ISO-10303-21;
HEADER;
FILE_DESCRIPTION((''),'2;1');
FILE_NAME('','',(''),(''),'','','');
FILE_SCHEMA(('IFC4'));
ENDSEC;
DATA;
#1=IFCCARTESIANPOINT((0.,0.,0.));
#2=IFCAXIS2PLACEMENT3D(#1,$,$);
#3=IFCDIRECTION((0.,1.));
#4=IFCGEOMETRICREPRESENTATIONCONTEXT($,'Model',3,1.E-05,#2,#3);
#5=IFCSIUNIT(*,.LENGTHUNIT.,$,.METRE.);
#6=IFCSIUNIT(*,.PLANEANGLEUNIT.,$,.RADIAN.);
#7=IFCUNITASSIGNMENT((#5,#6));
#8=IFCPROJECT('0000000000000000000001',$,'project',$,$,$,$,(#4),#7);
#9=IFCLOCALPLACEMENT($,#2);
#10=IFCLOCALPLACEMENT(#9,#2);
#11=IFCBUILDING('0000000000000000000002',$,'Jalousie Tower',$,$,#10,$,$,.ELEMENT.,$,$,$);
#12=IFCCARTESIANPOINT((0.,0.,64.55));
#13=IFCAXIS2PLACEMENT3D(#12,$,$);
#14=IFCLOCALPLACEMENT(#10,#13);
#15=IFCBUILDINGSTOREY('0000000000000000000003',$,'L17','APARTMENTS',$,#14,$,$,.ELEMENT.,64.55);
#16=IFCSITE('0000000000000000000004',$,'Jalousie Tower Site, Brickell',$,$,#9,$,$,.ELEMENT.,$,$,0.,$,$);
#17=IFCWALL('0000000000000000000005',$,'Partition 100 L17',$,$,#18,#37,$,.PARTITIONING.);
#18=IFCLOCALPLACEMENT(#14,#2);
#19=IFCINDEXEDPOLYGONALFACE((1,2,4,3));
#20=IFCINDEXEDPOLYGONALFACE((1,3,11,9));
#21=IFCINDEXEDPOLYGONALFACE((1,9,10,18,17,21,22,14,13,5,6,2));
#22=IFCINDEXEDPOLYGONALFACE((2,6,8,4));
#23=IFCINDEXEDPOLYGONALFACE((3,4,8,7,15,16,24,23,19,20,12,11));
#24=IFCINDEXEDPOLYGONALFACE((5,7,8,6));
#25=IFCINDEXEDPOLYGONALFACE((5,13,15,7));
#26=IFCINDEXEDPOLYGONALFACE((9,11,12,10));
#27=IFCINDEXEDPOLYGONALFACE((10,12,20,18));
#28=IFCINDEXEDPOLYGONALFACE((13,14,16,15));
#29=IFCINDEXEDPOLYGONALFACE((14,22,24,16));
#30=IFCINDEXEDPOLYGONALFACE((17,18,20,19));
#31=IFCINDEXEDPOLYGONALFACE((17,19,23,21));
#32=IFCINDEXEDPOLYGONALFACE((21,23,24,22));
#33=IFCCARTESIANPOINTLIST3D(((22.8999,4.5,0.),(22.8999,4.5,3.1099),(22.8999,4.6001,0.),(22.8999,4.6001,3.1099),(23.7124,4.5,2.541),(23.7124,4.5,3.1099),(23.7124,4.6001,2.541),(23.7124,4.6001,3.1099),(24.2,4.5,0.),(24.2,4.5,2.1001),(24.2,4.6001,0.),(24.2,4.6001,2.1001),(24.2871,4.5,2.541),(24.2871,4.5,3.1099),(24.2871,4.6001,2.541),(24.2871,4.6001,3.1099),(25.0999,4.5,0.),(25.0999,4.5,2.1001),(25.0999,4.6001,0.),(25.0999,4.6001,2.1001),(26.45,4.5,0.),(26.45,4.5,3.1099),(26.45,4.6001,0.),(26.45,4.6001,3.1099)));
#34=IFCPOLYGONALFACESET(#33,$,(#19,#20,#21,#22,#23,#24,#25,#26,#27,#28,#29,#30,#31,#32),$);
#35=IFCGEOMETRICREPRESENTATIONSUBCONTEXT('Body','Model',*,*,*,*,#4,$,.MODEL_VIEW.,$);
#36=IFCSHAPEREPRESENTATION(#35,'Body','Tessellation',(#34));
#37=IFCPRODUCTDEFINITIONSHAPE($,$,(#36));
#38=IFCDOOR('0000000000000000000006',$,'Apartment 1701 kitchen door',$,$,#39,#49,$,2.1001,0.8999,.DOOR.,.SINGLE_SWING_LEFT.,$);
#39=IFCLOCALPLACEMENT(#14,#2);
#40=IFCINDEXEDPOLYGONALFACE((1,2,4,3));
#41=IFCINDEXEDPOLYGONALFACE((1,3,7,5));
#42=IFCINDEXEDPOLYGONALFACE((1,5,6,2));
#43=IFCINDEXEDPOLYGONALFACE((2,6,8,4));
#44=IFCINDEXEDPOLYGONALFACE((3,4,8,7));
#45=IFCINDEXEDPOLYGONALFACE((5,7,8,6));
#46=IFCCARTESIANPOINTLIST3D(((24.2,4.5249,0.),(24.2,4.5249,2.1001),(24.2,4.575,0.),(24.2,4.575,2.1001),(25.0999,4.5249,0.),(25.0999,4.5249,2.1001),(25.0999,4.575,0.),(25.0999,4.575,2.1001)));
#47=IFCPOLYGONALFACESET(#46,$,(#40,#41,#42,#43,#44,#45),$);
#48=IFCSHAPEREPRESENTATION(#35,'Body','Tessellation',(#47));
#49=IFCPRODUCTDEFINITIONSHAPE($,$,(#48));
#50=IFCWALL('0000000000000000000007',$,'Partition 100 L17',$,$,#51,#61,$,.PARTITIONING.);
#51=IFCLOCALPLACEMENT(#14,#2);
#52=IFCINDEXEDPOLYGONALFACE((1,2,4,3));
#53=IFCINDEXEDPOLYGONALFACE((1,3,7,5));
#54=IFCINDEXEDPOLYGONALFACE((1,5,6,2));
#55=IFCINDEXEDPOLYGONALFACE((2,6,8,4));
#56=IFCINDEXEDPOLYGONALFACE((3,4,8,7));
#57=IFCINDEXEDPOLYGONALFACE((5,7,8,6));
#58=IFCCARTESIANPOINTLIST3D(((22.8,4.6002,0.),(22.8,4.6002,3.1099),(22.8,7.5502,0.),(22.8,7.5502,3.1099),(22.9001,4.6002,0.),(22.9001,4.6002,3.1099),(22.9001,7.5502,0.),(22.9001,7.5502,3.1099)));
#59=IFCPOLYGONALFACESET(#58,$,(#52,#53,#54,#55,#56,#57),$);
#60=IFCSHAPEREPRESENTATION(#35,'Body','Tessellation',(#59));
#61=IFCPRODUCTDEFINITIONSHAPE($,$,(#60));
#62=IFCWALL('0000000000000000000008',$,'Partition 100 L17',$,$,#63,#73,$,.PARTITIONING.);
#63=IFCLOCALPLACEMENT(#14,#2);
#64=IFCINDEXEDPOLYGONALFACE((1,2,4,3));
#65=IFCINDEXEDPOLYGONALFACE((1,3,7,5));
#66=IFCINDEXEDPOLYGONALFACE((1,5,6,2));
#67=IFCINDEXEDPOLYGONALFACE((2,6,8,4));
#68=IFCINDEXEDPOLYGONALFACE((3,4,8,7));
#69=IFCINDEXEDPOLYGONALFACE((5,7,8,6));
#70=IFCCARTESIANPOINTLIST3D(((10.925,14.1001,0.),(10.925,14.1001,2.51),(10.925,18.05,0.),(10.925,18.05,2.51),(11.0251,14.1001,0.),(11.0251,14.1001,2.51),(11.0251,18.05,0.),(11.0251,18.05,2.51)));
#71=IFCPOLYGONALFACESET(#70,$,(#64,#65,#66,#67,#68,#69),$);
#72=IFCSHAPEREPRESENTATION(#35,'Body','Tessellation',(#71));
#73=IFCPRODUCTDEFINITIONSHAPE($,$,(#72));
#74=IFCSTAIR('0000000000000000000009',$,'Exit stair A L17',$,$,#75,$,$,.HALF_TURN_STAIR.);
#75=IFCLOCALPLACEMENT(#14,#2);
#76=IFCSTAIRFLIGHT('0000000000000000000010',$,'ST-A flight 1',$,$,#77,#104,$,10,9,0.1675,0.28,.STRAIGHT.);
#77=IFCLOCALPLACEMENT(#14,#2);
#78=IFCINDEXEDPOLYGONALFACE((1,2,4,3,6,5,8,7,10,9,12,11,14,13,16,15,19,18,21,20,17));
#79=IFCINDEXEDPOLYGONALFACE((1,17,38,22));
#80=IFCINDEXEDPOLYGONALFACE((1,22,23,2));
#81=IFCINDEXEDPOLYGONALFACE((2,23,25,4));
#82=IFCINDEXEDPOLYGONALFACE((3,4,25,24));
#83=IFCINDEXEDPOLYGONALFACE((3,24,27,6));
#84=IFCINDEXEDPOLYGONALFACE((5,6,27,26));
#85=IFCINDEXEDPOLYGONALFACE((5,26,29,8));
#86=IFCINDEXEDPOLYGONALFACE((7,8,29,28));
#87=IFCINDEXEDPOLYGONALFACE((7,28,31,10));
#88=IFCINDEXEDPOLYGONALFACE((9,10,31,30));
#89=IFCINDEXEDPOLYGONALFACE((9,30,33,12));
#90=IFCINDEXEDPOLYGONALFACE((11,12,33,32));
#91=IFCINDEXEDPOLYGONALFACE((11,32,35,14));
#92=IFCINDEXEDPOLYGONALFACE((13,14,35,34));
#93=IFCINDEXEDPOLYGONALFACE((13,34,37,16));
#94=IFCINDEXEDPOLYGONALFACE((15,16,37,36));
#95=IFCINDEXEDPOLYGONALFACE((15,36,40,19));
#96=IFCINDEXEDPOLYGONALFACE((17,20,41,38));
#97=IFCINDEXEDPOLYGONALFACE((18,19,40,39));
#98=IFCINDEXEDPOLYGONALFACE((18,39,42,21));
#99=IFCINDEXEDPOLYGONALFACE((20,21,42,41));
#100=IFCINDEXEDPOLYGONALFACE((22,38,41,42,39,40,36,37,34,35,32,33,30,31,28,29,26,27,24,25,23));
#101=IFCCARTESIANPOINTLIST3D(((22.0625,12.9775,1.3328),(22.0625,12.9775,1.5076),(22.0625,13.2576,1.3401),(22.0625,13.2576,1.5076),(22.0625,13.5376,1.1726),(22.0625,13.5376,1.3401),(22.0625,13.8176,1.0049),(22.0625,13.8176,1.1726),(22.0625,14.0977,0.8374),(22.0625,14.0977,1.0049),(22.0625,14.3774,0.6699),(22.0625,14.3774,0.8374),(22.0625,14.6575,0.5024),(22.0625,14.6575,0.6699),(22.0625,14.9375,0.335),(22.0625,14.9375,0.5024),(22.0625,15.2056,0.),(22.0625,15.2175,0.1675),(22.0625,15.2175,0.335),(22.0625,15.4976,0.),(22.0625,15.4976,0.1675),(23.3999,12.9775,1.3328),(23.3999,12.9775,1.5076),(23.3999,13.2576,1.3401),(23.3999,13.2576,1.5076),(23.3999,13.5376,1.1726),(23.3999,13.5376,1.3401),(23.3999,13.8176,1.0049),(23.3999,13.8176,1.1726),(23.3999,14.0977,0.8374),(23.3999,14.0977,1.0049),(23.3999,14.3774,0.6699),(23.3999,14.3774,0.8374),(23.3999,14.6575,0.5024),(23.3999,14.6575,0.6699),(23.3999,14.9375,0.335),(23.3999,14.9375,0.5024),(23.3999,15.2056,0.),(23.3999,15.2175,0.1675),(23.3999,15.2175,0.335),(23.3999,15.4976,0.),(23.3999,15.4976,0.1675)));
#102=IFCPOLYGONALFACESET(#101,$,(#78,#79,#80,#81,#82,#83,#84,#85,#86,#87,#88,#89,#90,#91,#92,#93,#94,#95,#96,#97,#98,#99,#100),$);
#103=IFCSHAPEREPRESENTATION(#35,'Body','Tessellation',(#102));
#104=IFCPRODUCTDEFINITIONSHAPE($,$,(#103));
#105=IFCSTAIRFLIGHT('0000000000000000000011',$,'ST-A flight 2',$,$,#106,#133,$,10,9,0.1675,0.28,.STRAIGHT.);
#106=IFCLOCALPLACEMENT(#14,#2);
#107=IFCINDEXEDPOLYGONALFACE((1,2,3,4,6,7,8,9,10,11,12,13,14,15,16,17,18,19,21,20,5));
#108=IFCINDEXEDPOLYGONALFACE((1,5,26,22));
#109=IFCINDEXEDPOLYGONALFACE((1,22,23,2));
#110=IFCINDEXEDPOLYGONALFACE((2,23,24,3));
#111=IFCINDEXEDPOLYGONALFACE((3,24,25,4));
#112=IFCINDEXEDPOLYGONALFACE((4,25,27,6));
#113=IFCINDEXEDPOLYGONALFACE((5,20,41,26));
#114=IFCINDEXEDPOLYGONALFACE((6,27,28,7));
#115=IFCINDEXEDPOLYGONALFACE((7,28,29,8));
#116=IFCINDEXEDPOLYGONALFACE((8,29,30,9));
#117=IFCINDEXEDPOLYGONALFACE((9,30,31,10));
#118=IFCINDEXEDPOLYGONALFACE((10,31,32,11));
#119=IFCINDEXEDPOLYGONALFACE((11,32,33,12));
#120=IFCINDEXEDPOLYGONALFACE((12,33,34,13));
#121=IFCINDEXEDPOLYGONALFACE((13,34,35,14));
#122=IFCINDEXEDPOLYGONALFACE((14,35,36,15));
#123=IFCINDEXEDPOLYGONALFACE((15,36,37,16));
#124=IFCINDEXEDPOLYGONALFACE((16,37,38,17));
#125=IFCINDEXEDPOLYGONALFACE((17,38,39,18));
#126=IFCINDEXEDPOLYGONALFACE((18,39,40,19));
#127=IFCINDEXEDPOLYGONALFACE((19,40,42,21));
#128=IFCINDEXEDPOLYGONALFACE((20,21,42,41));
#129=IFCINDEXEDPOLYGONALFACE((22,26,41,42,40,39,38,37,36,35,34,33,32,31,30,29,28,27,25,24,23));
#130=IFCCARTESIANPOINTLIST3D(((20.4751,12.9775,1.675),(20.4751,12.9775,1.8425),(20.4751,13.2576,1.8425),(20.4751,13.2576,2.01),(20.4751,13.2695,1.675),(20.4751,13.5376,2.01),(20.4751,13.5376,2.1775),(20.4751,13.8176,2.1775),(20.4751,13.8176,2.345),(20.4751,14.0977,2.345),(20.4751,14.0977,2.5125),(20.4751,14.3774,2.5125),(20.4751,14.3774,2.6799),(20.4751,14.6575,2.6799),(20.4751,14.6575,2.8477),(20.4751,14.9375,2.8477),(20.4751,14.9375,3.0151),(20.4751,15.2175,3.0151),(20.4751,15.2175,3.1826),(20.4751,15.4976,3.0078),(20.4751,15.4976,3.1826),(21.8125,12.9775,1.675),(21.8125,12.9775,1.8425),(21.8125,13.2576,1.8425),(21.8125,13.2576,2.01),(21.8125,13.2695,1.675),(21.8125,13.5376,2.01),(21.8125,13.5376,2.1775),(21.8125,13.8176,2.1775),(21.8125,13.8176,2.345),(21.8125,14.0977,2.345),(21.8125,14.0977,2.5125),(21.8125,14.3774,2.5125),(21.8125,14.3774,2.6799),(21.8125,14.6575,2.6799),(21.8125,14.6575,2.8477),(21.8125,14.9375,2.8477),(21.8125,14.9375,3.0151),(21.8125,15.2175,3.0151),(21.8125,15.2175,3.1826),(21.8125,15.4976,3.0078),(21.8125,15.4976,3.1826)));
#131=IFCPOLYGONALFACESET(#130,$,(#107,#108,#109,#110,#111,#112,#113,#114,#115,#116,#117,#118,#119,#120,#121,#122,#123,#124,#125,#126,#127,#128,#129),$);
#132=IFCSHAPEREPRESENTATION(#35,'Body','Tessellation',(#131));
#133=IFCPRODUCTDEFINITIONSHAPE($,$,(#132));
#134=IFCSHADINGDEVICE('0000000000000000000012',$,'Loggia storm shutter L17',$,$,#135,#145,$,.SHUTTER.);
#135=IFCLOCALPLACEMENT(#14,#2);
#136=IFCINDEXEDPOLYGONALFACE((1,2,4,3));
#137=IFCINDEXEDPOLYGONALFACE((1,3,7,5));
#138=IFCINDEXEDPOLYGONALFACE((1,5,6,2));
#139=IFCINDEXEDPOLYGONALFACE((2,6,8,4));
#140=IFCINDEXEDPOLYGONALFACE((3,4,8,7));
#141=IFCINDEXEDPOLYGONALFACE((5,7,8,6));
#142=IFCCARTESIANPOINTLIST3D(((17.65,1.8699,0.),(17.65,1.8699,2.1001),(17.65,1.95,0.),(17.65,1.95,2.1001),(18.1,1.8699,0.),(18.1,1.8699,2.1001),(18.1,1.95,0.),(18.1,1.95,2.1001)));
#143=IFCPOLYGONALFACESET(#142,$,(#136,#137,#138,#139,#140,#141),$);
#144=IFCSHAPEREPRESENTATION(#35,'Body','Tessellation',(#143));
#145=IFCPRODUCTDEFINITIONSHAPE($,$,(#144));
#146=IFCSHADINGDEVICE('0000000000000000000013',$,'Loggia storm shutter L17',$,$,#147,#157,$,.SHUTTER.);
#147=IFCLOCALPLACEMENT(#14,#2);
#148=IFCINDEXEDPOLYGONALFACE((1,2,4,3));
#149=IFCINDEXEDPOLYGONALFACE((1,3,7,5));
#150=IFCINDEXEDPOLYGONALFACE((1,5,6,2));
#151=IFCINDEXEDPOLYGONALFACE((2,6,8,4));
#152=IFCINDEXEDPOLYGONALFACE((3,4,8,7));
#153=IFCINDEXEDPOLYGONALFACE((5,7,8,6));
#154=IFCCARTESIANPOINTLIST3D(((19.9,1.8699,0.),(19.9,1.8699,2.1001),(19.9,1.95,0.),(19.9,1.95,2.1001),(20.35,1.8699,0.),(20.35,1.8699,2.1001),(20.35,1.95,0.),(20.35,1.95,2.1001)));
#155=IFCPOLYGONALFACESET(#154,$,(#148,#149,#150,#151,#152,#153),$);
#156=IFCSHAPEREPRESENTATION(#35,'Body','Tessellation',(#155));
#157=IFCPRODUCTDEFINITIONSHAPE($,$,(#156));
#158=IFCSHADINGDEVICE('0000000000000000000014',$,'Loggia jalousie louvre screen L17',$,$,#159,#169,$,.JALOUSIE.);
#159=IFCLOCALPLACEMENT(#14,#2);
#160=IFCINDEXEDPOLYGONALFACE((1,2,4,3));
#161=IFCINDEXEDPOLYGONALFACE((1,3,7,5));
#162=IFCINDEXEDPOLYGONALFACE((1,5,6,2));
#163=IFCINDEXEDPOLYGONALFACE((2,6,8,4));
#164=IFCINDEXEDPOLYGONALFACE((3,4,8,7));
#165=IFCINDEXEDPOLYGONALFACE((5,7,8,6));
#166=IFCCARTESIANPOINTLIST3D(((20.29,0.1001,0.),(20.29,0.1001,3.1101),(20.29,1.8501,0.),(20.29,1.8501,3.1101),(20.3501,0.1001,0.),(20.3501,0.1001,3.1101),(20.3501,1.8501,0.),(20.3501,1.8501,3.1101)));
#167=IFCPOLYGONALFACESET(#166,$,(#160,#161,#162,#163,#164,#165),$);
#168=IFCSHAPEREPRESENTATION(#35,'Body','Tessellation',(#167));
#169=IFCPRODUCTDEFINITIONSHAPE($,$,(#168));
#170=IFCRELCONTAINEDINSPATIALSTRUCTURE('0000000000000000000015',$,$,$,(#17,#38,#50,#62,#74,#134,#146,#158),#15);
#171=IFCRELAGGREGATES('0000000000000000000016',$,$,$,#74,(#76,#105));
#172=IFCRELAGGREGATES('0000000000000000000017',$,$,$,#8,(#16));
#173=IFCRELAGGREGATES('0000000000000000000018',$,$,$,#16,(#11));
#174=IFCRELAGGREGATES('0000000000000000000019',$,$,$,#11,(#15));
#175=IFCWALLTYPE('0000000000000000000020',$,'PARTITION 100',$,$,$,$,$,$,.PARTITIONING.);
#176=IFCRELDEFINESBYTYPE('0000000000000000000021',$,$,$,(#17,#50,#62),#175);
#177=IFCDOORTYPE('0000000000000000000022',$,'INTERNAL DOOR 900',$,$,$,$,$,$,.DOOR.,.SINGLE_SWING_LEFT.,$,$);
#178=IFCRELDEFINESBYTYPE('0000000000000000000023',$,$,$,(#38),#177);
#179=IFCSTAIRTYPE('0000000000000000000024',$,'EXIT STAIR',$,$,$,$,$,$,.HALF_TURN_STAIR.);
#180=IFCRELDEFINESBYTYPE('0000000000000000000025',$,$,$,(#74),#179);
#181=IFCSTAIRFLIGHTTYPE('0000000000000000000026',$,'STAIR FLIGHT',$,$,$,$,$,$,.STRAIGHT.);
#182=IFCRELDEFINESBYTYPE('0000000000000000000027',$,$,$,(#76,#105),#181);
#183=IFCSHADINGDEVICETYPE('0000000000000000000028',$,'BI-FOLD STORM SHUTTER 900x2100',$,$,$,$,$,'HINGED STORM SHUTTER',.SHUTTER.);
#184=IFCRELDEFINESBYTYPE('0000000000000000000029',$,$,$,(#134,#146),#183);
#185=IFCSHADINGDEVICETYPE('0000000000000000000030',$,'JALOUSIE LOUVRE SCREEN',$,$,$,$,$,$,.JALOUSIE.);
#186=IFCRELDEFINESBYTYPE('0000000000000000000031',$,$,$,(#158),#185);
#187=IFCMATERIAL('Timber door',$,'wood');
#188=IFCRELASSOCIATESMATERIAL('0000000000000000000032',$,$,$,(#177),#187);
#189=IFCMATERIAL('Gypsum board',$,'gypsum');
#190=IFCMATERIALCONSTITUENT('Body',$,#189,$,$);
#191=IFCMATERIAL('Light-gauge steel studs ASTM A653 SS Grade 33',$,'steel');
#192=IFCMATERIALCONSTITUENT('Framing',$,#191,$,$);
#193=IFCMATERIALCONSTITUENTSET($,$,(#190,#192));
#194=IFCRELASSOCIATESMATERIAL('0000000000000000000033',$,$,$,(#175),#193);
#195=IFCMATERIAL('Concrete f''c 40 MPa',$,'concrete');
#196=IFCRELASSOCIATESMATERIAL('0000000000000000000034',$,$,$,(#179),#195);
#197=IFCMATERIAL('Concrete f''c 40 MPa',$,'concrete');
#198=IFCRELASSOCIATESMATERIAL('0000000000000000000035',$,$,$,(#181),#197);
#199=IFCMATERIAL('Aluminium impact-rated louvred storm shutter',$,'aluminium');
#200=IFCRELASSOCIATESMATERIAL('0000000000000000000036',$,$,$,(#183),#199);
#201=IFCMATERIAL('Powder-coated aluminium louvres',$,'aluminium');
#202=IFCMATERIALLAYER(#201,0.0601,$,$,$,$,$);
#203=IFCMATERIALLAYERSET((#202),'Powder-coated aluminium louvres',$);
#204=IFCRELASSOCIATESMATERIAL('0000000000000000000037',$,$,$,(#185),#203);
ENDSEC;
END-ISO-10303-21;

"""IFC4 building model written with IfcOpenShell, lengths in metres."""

from ifc_helpers import new_model, si_unit, direction, frame, frame_2d, origin, origin_2d, place, context, subcontext, project, spatial, polyline, rectangle, outline, extrude, material, layer, layer_set, constituent, constituent_set, type_object, element, fill, aggregate, save


model = new_model("IFC4")

# Units and contexts
model_context = context("Model", 3, precision=1e-05, world=origin(), true_north=direction((0.0, 1.0)))
body_context = subcontext(model_context, "Body", "Model", "MODEL_VIEW")
ifc_project = project(units=[si_unit("LENGTHUNIT", "METRE"), si_unit("PLANEANGLEUNIT", "RADIAN")], contexts=[model_context])

# Site, building, storey
site_placement = place(None, origin())
site = spatial("IfcSite", under=ifc_project, at=site_placement, Name="Jalousie Tower Site, Brickell", CompositionType="ELEMENT", RefElevation=0.0)
building_placement = place(site_placement, origin())
building = spatial("IfcBuilding", under=site, at=building_placement, Name="Jalousie Tower", CompositionType="ELEMENT")
storey_placement = place(building_placement, frame((0.0, 0.0, 64.55)))
storey = spatial("IfcBuildingStorey", under=building, at=storey_placement, Name="L17", Description="APARTMENTS", CompositionType="ELEMENT", Elevation=64.55)

# Shared definitions
ifc_material_1 = material(Name="Timber door", Category="wood")
door_type_1 = type_object("IfcDoorType", Name="INTERNAL DOOR 900", OperationType="SINGLE_SWING_LEFT", PredefinedType="DOOR", material=ifc_material_1)

# Wall, opening, door
ifc_material_2 = material(Name="Gypsum board", Category="gypsum")
ifc_constituent_1 = constituent(ifc_material_2, Name="Body")
ifc_material_3 = material(Name="Light-gauge steel studs ASTM A653 SS Grade 33", Category="steel")
ifc_constituent_2 = constituent(ifc_material_3, Name="Framing")
ifc_constituent_set_1 = constituent_set(constituents=[ifc_constituent_1, ifc_constituent_2])
wall_type_1 = type_object("IfcWallType", Name="PARTITION 100", PredefinedType="PARTITIONING", material=ifc_constituent_set_1)
wall_1_placement = place(storey_placement, frame((22.8999, 4.55, 0.0), z_axis=(0.0, 0.0, 1.0), x_axis=(1.0, 0.0, 0.0)))
wall_1 = element("IfcWall", 1, at=wall_1_placement, inside=storey, type_object=wall_type_1, Name="Partition 100 L17", PredefinedType="PARTITIONING", context=body_context, shape_type="SweptSolid", body=[
    extrude(outline(polyline([(0.0, 0.0), (3.55, 0.0), (3.55, 3.1099), (1.3872, 3.1099), (1.3872, 2.541), (0.8125, 2.541), (0.8125, 3.1099), (0.0, 3.1099), (0.0, 0.0)])), frame((0.0, 0.05, 0.0), z_axis=(0.0, -1.0, 0.0), x_axis=(1.0, 0.0, 0.0)), (0.0, 0.0, 1.0), 0.1001),
])
opening_1_placement = place(wall_1_placement, frame((1.3, 0.0, 0.0)))
opening_1 = element("IfcOpeningElement", 2, at=opening_1_placement, cuts=wall_1, PredefinedType="OPENING", context=body_context, shape_type="SweptSolid", body=[
    extrude(rectangle(XDim=0.8999, YDim=2.1001, at=frame_2d((0.45, 1.05))), frame((0.0, 0.0601, 0.0), z_axis=(0.0, -1.0, 0.0), x_axis=(1.0, 0.0, 0.0)), (0.0, 0.0, 1.0), 0.1201),
])
door_1_placement = place(opening_1_placement, origin())
door_1 = element("IfcDoor", 3, at=door_1_placement, inside=storey, type_object=door_type_1, Name="Apartment 1701 kitchen door", OperationType="SINGLE_SWING_LEFT", OverallHeight=2.1001, OverallWidth=0.8999, PredefinedType="DOOR", context=body_context, shape_type="SweptSolid", body=[
    extrude(rectangle(XDim=0.8999, YDim=2.1001, at=frame_2d((0.45, 1.05))), frame((0.0, 0.0249, 0.0), z_axis=(0.0, -1.0, 0.0), x_axis=(1.0, 0.0, 0.0)), (0.0, 0.0, 1.0), 0.05),
])
fill(opening_1, door_1)

# Walls
wall_2_placement = place(storey_placement, frame((22.8501, 4.6001, 0.0), z_axis=(0.0, 0.0, 1.0), x_axis=(0.0, 1.0, 0.0)))
element("IfcWall", 4, at=wall_2_placement, inside=storey, type_object=wall_type_1, Name="Partition 100 L17", PredefinedType="PARTITIONING", context=body_context, shape_type="SweptSolid", body=[
    extrude(rectangle(XDim=2.95, YDim=0.1001, at=frame_2d((1.4751, 0.0))), origin(), (0.0, 0.0, 1.0), 3.1099),
])
wall_3_placement = place(storey_placement, frame((10.9751, 14.1001, 0.0), z_axis=(0.0, 0.0, 1.0), x_axis=(0.0, 1.0, 0.0)))
element("IfcWall", 5, at=wall_3_placement, inside=storey, type_object=wall_type_1, Name="Partition 100 L17", PredefinedType="PARTITIONING", context=body_context, shape_type="SweptSolid", body=[
    extrude(outline(polyline([(0.0, 0.0), (3.95, 0.0), (3.95, 3.1099), (3.95, 2.51), (0.0, 2.51), (0.0, 3.1099), (0.0, 0.0)])), frame((0.0, 0.05, 0.0), z_axis=(0.0, -1.0, 0.0), x_axis=(1.0, 0.0, 0.0)), (0.0, 0.0, 1.0), 0.1001),
])

# Stair, stair flights
ifc_material_4 = material(Name="Concrete f'c 40 MPa", Category="concrete")
stair_type = type_object("IfcStairType", Name="EXIT STAIR", PredefinedType="HALF_TURN_STAIR", material=ifc_material_4)
stair_placement = place(storey_placement, origin())
stair = element("IfcStair", 6, at=stair_placement, inside=storey, type_object=stair_type, Name="Exit stair A L17", PredefinedType="HALF_TURN_STAIR")
ifc_material_5 = material(Name="Concrete f'c 40 MPa", Category="concrete")
stair_flight_type = type_object("IfcStairFlightType", Name="STAIR FLIGHT", PredefinedType="STRAIGHT", material=ifc_material_5)
stair_flight_1_placement = place(storey_placement, frame((22.7312, 15.4976, 0.0), z_axis=(0.0, 0.0, 1.0), x_axis=(0.0, -1.0, 0.0)))
stair_flight_1 = element("IfcStairFlight", 7, at=stair_flight_1_placement, type_object=stair_flight_type, Name="ST-A flight 1", NumberOfRisers=10, NumberOfTreads=9, PredefinedType="STRAIGHT", RiserHeight=0.1675, TreadLength=0.28, context=body_context, shape_type="SweptSolid", body=[
    extrude(outline(polyline([(0.0, 0.0), (0.0, 0.1675), (0.28, 0.1675), (0.28, 0.335), (0.5601, 0.335), (0.5601, 0.5024), (0.8401, 0.5024), (0.8401, 0.6699), (1.1201, 0.6699), (1.1201, 0.8374), (1.3999, 0.8374), (1.3999, 1.0049), (1.6799, 1.0049), (1.6799, 1.1726), (1.96, 1.1726), (1.96, 1.3401), (2.24, 1.3401), (2.24, 1.5076), (2.52, 1.5076), (2.52, 1.675), (2.52, 1.3328), (0.292, 0.0), (0.0, 0.0)])), frame((0.0, 0.6687, 0.0), z_axis=(0.0, -1.0, 0.0), x_axis=(1.0, 0.0, 0.0)), (0.0, 0.0, 1.0), 1.3374),
])
stair_flight_2_placement = place(storey_placement, frame((21.1438, 12.9775, 1.675), z_axis=(0.0, 0.0, 1.0), x_axis=(0.0, 1.0, 0.0)))
stair_flight_2 = element("IfcStairFlight", 8, at=stair_flight_2_placement, type_object=stair_flight_type, Name="ST-A flight 2", NumberOfRisers=10, NumberOfTreads=9, PredefinedType="STRAIGHT", RiserHeight=0.1675, TreadLength=0.28, context=body_context, shape_type="SweptSolid", body=[
    extrude(outline(polyline([(0.0, 0.0), (0.0, 0.1675), (0.28, 0.1675), (0.28, 0.335), (0.5601, 0.335), (0.5601, 0.5024), (0.8401, 0.5024), (0.8401, 0.6699), (1.1201, 0.6699), (1.1201, 0.8374), (1.3999, 0.8374), (1.3999, 1.0049), (1.6799, 1.0049), (1.6799, 1.1726), (1.96, 1.1726), (1.96, 1.3401), (2.24, 1.3401), (2.24, 1.5076), (2.52, 1.5076), (2.52, 1.675), (2.52, 1.3328), (0.292, 0.0), (0.0, 0.0)])), frame((0.0, 0.6687, 0.0), z_axis=(0.0, -1.0, 0.0), x_axis=(1.0, 0.0, 0.0)), (0.0, 0.0, 1.0), 1.3374),
])
aggregate(stair, [stair_flight_1, stair_flight_2])

# Shading devices
ifc_material_6 = material(Name="Aluminium impact-rated louvred storm shutter", Category="aluminium")
shading_device_type_1 = type_object("IfcShadingDeviceType", Name="BI-FOLD STORM SHUTTER 900x2100", ElementType="HINGED STORM SHUTTER", PredefinedType="SHUTTER", material=ifc_material_6)
for number, where, z_axis, x_axis, name in (
    (9, (17.875, 1.9099, 0.0), (0.0, 0.0, 1.0), (1.0, 0.0, 0.0), "Loggia storm shutter L17"),
    (10, (20.125, 1.9099, 0.0), (0.0, 0.0, 1.0), (1.0, 0.0, 0.0), "Loggia storm shutter L17"),
):
    element("IfcShadingDevice", number, at=place(storey_placement, frame(where, z_axis=z_axis, x_axis=x_axis)), inside=storey, type_object=shading_device_type_1, Name=name, PredefinedType="SHUTTER", context=body_context, shape_type="SweptSolid", body=[
        extrude(rectangle(XDim=0.45, YDim=0.0801, at=origin_2d()), origin(), (0.0, 0.0, 1.0), 2.1001),
    ])
ifc_material_7 = material(Name="Powder-coated aluminium louvres", Category="aluminium")
ifc_layer_1 = layer(ifc_material_7, 0.0601)
ifc_layer_set_1 = layer_set([ifc_layer_1], Name="Powder-coated aluminium louvres")
shading_device_type_2 = type_object("IfcShadingDeviceType", Name="JALOUSIE LOUVRE SCREEN", PredefinedType="JALOUSIE", material=ifc_layer_set_1)
shading_device_placement = place(storey_placement, frame((20.3201, 0.9751, 0.0), z_axis=(0.0, 0.0, 1.0), x_axis=(1.0, 0.0, 0.0)))
element("IfcShadingDevice", 11, at=shading_device_placement, inside=storey, type_object=shading_device_type_2, Name="Loggia jalousie louvre screen L17", PredefinedType="JALOUSIE", context=body_context, shape_type="SweptSolid", body=[
    extrude(rectangle(XDim=0.0601, YDim=1.75, at=origin_2d()), origin(), (0.0, 0.0, 1.0), 3.1101),
])

save(model, "model.ifc")
